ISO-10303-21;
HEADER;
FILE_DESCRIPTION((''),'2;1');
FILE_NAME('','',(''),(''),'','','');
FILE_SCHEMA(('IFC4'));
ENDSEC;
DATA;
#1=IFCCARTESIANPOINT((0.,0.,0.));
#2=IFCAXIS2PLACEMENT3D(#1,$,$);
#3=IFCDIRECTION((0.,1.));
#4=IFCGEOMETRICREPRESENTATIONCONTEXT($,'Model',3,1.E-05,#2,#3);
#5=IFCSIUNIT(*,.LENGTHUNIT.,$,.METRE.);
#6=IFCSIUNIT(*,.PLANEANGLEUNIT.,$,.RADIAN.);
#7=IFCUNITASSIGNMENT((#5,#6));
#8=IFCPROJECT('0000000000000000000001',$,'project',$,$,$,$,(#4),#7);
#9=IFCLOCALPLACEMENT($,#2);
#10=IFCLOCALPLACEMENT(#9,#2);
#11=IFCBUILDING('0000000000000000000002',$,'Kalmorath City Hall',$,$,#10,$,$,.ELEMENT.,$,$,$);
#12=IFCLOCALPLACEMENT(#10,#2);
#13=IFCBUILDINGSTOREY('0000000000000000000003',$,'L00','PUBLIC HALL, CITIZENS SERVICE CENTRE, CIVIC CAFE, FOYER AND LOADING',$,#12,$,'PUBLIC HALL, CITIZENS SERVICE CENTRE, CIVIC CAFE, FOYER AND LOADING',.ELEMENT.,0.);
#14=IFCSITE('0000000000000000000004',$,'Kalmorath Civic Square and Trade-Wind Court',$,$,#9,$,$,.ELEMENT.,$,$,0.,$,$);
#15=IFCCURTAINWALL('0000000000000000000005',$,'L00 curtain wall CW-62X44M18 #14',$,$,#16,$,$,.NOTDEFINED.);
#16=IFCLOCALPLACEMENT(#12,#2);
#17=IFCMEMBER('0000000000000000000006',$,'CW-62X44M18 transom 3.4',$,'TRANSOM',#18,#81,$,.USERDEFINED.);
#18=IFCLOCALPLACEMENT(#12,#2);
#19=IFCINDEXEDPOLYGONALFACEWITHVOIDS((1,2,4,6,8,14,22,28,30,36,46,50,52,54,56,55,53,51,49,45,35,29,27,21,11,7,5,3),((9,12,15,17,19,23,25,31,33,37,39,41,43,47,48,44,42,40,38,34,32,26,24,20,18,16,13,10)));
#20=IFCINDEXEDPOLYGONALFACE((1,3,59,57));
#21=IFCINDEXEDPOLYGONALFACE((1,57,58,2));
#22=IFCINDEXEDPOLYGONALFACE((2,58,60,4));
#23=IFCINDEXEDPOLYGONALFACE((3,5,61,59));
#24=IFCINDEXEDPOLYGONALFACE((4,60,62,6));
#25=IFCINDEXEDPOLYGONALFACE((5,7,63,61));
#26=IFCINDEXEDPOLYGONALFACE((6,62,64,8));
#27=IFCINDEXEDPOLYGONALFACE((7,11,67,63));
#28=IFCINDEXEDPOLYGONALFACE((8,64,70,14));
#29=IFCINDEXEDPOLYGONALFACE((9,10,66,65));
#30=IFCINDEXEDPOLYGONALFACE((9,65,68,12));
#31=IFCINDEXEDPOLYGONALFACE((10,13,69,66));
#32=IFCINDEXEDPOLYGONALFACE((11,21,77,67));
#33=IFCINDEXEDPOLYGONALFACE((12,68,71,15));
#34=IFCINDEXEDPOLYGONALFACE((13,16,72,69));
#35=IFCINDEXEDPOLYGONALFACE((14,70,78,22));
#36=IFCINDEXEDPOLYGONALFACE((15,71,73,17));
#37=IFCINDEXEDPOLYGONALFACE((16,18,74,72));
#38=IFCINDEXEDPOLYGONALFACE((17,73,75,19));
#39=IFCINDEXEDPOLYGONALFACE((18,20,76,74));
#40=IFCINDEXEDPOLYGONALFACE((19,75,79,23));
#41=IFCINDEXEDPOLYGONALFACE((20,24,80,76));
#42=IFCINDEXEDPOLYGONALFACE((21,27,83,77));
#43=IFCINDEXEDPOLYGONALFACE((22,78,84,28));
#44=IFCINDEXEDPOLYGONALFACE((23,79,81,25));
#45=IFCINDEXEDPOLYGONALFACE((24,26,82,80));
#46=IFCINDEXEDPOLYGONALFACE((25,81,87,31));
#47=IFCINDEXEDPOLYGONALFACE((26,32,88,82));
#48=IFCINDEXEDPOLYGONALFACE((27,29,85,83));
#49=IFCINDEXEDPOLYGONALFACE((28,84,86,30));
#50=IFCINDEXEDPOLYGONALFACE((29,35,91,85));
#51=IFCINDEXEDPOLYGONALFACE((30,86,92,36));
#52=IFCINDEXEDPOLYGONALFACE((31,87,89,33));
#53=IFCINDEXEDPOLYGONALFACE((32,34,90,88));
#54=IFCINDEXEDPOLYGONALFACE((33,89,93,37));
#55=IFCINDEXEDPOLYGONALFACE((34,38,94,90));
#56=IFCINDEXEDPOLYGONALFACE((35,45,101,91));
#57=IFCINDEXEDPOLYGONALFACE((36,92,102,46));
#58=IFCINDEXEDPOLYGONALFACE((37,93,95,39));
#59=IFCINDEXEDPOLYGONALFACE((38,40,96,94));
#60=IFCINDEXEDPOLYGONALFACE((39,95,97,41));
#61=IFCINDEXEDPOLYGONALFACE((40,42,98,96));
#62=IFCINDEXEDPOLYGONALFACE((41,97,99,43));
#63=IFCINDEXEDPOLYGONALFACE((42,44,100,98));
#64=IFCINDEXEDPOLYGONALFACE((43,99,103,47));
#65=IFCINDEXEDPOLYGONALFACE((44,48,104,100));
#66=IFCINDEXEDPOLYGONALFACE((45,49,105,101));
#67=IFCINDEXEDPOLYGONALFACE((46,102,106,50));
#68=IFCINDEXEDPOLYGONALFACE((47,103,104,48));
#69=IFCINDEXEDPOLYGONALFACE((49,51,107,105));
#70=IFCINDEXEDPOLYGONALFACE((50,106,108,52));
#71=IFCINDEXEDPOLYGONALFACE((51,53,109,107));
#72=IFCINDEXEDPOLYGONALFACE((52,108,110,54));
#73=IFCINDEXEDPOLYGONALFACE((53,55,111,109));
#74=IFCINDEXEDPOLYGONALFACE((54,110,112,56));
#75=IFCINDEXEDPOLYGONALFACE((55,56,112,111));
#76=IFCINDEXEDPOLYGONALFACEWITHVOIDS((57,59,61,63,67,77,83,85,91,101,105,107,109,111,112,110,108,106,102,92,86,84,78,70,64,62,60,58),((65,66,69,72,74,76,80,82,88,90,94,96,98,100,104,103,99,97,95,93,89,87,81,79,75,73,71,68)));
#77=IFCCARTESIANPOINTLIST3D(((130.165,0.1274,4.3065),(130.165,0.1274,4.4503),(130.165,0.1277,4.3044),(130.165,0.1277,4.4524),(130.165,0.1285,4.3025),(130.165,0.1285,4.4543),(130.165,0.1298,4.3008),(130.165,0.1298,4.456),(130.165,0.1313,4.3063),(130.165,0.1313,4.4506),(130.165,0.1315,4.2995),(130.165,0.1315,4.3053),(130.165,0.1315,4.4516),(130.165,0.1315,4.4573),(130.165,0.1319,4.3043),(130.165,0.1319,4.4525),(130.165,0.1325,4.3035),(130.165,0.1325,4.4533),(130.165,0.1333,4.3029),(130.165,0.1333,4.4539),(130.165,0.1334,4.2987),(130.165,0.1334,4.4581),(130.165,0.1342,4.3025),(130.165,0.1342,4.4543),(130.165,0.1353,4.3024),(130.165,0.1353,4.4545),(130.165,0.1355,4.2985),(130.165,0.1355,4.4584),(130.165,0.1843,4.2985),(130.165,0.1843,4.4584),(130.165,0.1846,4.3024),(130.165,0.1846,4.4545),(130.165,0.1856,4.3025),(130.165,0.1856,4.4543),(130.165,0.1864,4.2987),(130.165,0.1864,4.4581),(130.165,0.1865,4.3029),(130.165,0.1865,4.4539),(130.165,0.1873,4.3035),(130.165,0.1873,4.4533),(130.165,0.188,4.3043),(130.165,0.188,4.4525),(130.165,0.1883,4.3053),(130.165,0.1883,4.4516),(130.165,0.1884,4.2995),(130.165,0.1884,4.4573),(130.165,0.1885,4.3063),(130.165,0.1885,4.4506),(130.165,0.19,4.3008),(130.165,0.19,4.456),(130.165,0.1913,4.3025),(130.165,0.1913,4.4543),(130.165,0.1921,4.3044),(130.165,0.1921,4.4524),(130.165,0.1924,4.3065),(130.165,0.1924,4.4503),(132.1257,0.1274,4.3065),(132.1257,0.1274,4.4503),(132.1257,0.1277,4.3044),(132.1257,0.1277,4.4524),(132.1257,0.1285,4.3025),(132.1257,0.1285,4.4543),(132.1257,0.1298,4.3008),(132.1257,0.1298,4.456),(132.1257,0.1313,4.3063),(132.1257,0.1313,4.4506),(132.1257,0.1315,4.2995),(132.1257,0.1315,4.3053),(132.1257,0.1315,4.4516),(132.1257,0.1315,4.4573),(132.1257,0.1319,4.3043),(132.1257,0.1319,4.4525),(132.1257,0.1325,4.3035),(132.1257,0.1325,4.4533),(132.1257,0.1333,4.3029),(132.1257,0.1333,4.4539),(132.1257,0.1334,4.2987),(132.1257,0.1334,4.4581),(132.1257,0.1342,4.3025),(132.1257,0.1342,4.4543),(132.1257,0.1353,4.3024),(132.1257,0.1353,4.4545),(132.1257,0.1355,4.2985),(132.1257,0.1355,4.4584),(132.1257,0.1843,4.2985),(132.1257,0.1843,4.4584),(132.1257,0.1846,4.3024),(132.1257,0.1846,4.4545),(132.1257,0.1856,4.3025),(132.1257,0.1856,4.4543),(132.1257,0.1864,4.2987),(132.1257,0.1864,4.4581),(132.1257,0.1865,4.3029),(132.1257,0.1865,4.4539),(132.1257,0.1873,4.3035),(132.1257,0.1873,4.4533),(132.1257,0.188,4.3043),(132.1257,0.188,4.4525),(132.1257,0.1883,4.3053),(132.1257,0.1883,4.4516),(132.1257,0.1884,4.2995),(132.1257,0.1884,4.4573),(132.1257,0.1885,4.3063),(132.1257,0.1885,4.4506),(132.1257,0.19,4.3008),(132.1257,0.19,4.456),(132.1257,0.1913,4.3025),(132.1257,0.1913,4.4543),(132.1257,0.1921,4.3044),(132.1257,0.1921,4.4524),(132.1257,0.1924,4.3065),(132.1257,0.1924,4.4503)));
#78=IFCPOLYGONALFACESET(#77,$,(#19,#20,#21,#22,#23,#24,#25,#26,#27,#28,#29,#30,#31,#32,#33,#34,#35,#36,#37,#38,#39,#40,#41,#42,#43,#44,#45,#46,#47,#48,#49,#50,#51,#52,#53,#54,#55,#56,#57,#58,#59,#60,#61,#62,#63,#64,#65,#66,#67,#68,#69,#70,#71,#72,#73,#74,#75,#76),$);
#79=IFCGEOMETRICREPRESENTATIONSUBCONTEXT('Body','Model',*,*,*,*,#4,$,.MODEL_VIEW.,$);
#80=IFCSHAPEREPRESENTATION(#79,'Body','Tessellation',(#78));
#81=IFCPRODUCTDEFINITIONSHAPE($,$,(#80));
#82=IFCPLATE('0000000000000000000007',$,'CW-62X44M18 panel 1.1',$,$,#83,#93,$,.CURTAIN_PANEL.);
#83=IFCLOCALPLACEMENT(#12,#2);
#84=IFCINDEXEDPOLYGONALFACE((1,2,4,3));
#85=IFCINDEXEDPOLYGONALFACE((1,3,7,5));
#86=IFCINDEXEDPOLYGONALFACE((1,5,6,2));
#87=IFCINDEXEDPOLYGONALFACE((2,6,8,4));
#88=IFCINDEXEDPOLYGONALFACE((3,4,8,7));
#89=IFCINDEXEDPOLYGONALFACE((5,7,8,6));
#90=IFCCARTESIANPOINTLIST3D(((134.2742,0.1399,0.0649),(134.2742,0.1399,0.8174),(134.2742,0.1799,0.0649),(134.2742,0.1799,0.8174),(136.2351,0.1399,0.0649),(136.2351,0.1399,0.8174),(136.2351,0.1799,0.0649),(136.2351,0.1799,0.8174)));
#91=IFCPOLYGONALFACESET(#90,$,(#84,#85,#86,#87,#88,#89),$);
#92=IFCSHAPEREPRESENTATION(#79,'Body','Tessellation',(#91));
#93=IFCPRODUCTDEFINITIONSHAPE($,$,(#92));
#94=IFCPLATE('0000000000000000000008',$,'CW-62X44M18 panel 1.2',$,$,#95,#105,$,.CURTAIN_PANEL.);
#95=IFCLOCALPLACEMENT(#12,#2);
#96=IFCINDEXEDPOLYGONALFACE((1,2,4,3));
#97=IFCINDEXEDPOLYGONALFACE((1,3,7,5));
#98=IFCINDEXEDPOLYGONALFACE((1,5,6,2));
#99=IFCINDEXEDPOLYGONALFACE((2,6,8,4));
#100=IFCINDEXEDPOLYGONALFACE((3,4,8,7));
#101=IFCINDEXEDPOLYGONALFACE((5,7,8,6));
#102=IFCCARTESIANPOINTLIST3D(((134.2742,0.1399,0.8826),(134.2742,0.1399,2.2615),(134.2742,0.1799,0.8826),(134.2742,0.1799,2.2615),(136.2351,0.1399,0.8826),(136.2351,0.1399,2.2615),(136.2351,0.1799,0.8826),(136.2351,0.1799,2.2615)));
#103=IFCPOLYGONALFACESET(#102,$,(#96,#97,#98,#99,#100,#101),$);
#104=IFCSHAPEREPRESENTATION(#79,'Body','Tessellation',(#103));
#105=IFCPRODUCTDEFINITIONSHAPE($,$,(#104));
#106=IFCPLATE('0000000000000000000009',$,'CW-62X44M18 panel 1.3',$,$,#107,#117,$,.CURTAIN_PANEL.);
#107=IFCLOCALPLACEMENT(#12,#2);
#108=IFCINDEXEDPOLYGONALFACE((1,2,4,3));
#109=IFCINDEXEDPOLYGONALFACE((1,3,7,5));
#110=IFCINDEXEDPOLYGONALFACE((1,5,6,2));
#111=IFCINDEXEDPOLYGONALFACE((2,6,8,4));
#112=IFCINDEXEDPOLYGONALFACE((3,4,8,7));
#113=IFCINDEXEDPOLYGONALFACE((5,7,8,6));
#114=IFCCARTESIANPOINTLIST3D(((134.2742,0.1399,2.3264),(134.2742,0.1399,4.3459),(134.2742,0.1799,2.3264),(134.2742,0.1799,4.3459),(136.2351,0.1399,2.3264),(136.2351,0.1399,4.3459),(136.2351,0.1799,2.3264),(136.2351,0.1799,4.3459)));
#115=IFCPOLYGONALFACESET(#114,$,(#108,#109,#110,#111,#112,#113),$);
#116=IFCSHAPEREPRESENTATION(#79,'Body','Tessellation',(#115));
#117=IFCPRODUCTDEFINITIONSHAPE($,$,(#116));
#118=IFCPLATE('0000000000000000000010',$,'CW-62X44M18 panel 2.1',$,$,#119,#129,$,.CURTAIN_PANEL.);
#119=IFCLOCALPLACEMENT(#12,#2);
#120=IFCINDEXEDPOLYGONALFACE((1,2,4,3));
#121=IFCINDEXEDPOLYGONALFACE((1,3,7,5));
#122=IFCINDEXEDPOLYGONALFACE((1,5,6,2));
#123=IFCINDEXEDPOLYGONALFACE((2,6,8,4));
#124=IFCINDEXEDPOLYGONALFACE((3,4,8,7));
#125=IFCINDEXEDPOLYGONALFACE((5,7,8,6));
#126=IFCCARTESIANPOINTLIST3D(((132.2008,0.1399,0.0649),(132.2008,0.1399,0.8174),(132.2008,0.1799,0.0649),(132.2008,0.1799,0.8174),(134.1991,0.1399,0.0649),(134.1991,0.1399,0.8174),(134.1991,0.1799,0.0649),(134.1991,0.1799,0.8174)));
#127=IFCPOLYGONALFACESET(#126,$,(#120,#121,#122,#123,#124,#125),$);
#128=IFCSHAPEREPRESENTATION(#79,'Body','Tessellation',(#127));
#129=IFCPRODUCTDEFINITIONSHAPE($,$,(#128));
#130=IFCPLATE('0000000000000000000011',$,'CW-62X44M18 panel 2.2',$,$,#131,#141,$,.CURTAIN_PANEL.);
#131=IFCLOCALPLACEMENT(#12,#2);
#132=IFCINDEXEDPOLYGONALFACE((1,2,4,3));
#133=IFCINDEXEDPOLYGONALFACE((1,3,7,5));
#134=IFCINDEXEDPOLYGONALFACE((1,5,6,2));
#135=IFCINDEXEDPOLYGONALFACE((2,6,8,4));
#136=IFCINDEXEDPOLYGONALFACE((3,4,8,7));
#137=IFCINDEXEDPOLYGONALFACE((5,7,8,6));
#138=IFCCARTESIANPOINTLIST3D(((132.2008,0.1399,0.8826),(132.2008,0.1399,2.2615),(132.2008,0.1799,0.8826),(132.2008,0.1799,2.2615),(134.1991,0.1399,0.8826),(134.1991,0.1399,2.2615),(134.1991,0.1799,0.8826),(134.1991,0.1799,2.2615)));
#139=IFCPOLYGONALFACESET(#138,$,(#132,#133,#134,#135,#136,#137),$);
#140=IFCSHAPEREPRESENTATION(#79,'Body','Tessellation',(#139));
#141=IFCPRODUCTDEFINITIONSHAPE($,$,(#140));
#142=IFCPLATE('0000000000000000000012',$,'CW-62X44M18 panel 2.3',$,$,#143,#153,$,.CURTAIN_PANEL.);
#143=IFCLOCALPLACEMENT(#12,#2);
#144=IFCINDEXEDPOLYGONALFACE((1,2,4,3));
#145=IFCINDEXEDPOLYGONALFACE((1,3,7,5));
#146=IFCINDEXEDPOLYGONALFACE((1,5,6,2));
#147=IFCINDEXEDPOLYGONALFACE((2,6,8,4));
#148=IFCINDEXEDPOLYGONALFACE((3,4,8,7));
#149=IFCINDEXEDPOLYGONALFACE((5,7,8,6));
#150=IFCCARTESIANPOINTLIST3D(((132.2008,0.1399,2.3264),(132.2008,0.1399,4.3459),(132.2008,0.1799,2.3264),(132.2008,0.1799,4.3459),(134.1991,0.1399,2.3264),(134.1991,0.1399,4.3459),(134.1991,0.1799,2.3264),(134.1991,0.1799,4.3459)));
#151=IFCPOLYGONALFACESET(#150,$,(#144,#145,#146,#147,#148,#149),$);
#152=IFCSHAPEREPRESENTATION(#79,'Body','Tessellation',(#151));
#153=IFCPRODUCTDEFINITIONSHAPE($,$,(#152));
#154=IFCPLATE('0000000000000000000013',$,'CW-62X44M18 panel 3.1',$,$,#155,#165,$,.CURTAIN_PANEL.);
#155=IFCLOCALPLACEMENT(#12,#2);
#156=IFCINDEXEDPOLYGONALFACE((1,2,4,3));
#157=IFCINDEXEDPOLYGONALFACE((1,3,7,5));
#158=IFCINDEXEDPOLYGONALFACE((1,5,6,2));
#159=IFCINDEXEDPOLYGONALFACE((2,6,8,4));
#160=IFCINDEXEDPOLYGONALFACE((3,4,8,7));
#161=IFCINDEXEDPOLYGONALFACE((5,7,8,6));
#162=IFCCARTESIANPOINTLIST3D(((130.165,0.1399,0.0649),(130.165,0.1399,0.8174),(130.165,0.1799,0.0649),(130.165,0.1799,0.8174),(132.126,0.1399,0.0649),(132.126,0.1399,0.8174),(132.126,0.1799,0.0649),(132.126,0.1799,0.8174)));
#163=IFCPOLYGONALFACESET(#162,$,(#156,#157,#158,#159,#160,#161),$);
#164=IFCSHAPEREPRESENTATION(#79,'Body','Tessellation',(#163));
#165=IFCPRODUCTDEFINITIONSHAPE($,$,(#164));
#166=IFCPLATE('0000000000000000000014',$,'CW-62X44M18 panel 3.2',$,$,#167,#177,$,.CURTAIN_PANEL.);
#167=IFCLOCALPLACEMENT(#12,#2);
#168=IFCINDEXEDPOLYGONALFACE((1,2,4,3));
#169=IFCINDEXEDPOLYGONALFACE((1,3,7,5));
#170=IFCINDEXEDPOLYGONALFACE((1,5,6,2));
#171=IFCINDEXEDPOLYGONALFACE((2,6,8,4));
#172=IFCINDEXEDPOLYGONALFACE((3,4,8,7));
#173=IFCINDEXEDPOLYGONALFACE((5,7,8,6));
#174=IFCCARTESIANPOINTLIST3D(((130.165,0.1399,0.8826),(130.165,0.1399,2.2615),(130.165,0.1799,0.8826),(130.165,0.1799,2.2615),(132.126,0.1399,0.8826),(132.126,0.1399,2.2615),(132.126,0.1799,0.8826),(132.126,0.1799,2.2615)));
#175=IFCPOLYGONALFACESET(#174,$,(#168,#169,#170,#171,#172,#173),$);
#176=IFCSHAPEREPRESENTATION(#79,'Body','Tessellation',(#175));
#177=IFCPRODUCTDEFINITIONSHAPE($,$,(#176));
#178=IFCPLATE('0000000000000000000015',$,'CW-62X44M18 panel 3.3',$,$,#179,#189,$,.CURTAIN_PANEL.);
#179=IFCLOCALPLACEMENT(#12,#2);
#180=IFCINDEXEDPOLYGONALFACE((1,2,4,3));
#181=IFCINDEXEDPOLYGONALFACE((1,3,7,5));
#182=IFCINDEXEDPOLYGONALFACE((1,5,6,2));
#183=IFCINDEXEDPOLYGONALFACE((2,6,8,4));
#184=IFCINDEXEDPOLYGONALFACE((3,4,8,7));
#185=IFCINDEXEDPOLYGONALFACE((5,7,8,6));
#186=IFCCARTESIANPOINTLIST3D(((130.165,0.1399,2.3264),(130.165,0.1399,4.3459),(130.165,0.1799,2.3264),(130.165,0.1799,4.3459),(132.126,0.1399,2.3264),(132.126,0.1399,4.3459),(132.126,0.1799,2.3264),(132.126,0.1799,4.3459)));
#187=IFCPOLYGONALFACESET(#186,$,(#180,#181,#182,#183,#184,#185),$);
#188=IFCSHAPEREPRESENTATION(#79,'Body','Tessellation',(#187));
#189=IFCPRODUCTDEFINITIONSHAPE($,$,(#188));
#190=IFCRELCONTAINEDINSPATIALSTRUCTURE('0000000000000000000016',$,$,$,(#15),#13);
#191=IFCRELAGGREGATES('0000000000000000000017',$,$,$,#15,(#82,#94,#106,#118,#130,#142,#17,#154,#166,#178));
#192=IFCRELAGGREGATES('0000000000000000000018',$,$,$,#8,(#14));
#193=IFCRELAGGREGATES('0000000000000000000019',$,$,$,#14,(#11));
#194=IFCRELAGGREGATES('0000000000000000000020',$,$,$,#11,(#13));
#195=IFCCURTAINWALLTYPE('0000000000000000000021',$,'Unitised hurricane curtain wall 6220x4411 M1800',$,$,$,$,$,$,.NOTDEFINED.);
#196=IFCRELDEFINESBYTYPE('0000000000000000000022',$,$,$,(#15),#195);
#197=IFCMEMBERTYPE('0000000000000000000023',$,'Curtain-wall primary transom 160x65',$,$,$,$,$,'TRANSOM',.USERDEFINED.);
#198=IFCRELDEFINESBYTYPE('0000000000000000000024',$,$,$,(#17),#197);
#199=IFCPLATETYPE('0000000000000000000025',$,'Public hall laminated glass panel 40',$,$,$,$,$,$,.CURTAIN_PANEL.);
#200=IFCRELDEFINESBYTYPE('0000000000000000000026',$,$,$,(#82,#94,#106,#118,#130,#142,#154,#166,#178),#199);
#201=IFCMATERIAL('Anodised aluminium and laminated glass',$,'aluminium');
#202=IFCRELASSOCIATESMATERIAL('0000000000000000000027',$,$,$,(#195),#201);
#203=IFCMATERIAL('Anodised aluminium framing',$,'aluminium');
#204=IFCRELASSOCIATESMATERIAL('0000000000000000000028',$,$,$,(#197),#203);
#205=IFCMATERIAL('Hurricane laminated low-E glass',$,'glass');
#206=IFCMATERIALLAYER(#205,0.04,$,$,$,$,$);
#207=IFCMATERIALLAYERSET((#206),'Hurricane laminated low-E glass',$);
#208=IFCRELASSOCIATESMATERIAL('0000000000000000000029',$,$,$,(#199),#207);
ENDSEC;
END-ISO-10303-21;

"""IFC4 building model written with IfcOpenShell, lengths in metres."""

from ifc_helpers import new_model, si_unit, direction, frame, origin, origin_2d, place, context, subcontext, project, spatial, rectangle, hollow_rectangle, extrude, material, layer, layer_set, material_profile, profile_set, type_object, element, aggregate, save


model = new_model("IFC4")

# Units and contexts
model_context = context("Model", 3, precision=1e-05, world=origin(), true_north=direction((0.0, 1.0)))
body_context = subcontext(model_context, "Body", "Model", "MODEL_VIEW")
ifc_project = project(units=[si_unit("LENGTHUNIT", "METRE"), si_unit("PLANEANGLEUNIT", "RADIAN")], contexts=[model_context])

# Site, building, storey
site_placement = place(None, origin())
site = spatial("IfcSite", under=ifc_project, at=site_placement, Name="Kalmorath Civic Square and Trade-Wind Court", CompositionType="ELEMENT", RefElevation=0.0)
building_placement = place(site_placement, origin())
building = spatial("IfcBuilding", under=site, at=building_placement, Name="Kalmorath City Hall", CompositionType="ELEMENT")
storey_placement = place(building_placement, origin())
storey = spatial("IfcBuildingStorey", under=building, at=storey_placement, Name="L00", Description="PUBLIC HALL, CITIZENS SERVICE CENTRE, CIVIC CAFE, FOYER AND LOADING", LongName="PUBLIC HALL, CITIZENS SERVICE CENTRE, CIVIC CAFE, FOYER AND LOADING", CompositionType="ELEMENT", Elevation=0.0)

# Curtain wall, member, plates
ifc_material_1 = material(Name="Anodised aluminium and laminated glass", Category="aluminium")
curtain_wall_type = type_object("IfcCurtainWallType", Name="Unitised hurricane curtain wall 6220x4411 M1800", PredefinedType="NOTDEFINED", material=ifc_material_1)
curtain_wall_placement = place(storey_placement, origin())
curtain_wall = element("IfcCurtainWall", 1, at=curtain_wall_placement, inside=storey, type_object=curtain_wall_type, Name="L00 curtain wall CW-62X44M18 #14", PredefinedType="NOTDEFINED")
ifc_material_2 = material(Name="Anodised aluminium framing", Category="aluminium")
ifc_material_profile_1 = material_profile(ifc_material_2, hollow_rectangle(XDim=0.0649, YDim=0.1599, WallThickness=0.0039, InnerFilletRadius=0.0039, OuterFilletRadius=0.0081, at=origin_2d()), Name="ALU-TRN-160X65X4")
ifc_profile_set_1 = profile_set([ifc_material_profile_1], Name="Anodised aluminium framing")
member_type_1 = type_object("IfcMemberType", Name="Curtain-wall primary transom 160x65", ElementType="TRANSOM", PredefinedType="USERDEFINED", material=ifc_profile_set_1)
member_1_placement = place(storey_placement, frame((132.1257, 0.1599, 4.3784), z_axis=(-1.0, 0.0, 0.0), x_axis=(0.0, -1.0, 0.0)))
member_1 = element("IfcMember", 2, at=member_1_placement, type_object=member_type_1, Name="CW-62X44M18 transom 3.4", ObjectType="TRANSOM", PredefinedType="USERDEFINED", context=body_context, shape_type="SweptSolid", body=[
    extrude(hollow_rectangle(XDim=0.0649, YDim=0.1599, WallThickness=0.0039, InnerFilletRadius=0.0039, OuterFilletRadius=0.0081, at=origin_2d()), origin(), (0.0, 0.0, 1.0), 1.9607),
])
ifc_material_3 = material(Name="Hurricane laminated low-E glass", Category="glass")
ifc_layer_1 = layer(ifc_material_3, 0.04)
ifc_layer_set_1 = layer_set([ifc_layer_1], Name="Hurricane laminated low-E glass")
plate_type = type_object("IfcPlateType", Name="Public hall laminated glass panel 40", PredefinedType="CURTAIN_PANEL", material=ifc_layer_set_1)
plate_1_placement = place(storey_placement, frame((135.2546, 0.1599, 0.0649), z_axis=(0.0, 0.0, 1.0), x_axis=(-1.0, 0.0, 0.0)))
plate_1 = element("IfcPlate", 3, at=plate_1_placement, type_object=plate_type, Name="CW-62X44M18 panel 1.1", PredefinedType="CURTAIN_PANEL", context=body_context, shape_type="SweptSolid", body=[
    extrude(rectangle(XDim=1.9609, YDim=0.04, at=origin_2d()), origin(), (0.0, 0.0, 1.0), 0.7524),
])
plate_2_placement = place(storey_placement, frame((135.2546, 0.1599, 0.8826), z_axis=(0.0, 0.0, 1.0), x_axis=(-1.0, 0.0, 0.0)))
plate_2 = element("IfcPlate", 4, at=plate_2_placement, type_object=plate_type, Name="CW-62X44M18 panel 1.2", PredefinedType="CURTAIN_PANEL", context=body_context, shape_type="SweptSolid", body=[
    extrude(rectangle(XDim=1.9609, YDim=0.04, at=origin_2d()), origin(), (0.0, 0.0, 1.0), 1.3789),
])
plate_3_placement = place(storey_placement, frame((135.2546, 0.1599, 2.3264), z_axis=(0.0, 0.0, 1.0), x_axis=(-1.0, 0.0, 0.0)))
plate_3 = element("IfcPlate", 5, at=plate_3_placement, type_object=plate_type, Name="CW-62X44M18 panel 1.3", PredefinedType="CURTAIN_PANEL", context=body_context, shape_type="SweptSolid", body=[
    extrude(rectangle(XDim=1.9609, YDim=0.04, at=origin_2d()), origin(), (0.0, 0.0, 1.0), 2.0195),
])
plate_4_placement = place(storey_placement, frame((133.2, 0.1599, 0.0649), z_axis=(0.0, 0.0, 1.0), x_axis=(-1.0, 0.0, 0.0)))
plate_4 = element("IfcPlate", 6, at=plate_4_placement, type_object=plate_type, Name="CW-62X44M18 panel 2.1", PredefinedType="CURTAIN_PANEL", context=body_context, shape_type="SweptSolid", body=[
    extrude(rectangle(XDim=1.9983, YDim=0.04, at=origin_2d()), origin(), (0.0, 0.0, 1.0), 0.7524),
])
plate_5_placement = place(storey_placement, frame((133.2, 0.1599, 0.8826), z_axis=(0.0, 0.0, 1.0), x_axis=(-1.0, 0.0, 0.0)))
plate_5 = element("IfcPlate", 7, at=plate_5_placement, type_object=plate_type, Name="CW-62X44M18 panel 2.2", PredefinedType="CURTAIN_PANEL", context=body_context, shape_type="SweptSolid", body=[
    extrude(rectangle(XDim=1.9983, YDim=0.04, at=origin_2d()), origin(), (0.0, 0.0, 1.0), 1.3789),
])
plate_6_placement = place(storey_placement, frame((133.2, 0.1599, 2.3264), z_axis=(0.0, 0.0, 1.0), x_axis=(-1.0, 0.0, 0.0)))
plate_6 = element("IfcPlate", 8, at=plate_6_placement, type_object=plate_type, Name="CW-62X44M18 panel 2.3", PredefinedType="CURTAIN_PANEL", context=body_context, shape_type="SweptSolid", body=[
    extrude(rectangle(XDim=1.9983, YDim=0.04, at=origin_2d()), origin(), (0.0, 0.0, 1.0), 2.0195),
])
plate_7_placement = place(storey_placement, frame((131.1455, 0.1599, 0.0649), z_axis=(0.0, 0.0, 1.0), x_axis=(-1.0, 0.0, 0.0)))
plate_7 = element("IfcPlate", 9, at=plate_7_placement, type_object=plate_type, Name="CW-62X44M18 panel 3.1", PredefinedType="CURTAIN_PANEL", context=body_context, shape_type="SweptSolid", body=[
    extrude(rectangle(XDim=1.9609, YDim=0.04, at=origin_2d()), origin(), (0.0, 0.0, 1.0), 0.7524),
])
plate_8_placement = place(storey_placement, frame((131.1455, 0.1599, 0.8826), z_axis=(0.0, 0.0, 1.0), x_axis=(-1.0, 0.0, 0.0)))
plate_8 = element("IfcPlate", 10, at=plate_8_placement, type_object=plate_type, Name="CW-62X44M18 panel 3.2", PredefinedType="CURTAIN_PANEL", context=body_context, shape_type="SweptSolid", body=[
    extrude(rectangle(XDim=1.9609, YDim=0.04, at=origin_2d()), origin(), (0.0, 0.0, 1.0), 1.3789),
])
plate_9_placement = place(storey_placement, frame((131.1455, 0.1599, 2.3264), z_axis=(0.0, 0.0, 1.0), x_axis=(-1.0, 0.0, 0.0)))
plate_9 = element("IfcPlate", 11, at=plate_9_placement, type_object=plate_type, Name="CW-62X44M18 panel 3.3", PredefinedType="CURTAIN_PANEL", context=body_context, shape_type="SweptSolid", body=[
    extrude(rectangle(XDim=1.9609, YDim=0.04, at=origin_2d()), origin(), (0.0, 0.0, 1.0), 2.0195),
])
aggregate(curtain_wall, [plate_1, plate_2, plate_3, plate_4, plate_5, plate_6, member_1, plate_7, plate_8, plate_9])

save(model, "model.ifc")
